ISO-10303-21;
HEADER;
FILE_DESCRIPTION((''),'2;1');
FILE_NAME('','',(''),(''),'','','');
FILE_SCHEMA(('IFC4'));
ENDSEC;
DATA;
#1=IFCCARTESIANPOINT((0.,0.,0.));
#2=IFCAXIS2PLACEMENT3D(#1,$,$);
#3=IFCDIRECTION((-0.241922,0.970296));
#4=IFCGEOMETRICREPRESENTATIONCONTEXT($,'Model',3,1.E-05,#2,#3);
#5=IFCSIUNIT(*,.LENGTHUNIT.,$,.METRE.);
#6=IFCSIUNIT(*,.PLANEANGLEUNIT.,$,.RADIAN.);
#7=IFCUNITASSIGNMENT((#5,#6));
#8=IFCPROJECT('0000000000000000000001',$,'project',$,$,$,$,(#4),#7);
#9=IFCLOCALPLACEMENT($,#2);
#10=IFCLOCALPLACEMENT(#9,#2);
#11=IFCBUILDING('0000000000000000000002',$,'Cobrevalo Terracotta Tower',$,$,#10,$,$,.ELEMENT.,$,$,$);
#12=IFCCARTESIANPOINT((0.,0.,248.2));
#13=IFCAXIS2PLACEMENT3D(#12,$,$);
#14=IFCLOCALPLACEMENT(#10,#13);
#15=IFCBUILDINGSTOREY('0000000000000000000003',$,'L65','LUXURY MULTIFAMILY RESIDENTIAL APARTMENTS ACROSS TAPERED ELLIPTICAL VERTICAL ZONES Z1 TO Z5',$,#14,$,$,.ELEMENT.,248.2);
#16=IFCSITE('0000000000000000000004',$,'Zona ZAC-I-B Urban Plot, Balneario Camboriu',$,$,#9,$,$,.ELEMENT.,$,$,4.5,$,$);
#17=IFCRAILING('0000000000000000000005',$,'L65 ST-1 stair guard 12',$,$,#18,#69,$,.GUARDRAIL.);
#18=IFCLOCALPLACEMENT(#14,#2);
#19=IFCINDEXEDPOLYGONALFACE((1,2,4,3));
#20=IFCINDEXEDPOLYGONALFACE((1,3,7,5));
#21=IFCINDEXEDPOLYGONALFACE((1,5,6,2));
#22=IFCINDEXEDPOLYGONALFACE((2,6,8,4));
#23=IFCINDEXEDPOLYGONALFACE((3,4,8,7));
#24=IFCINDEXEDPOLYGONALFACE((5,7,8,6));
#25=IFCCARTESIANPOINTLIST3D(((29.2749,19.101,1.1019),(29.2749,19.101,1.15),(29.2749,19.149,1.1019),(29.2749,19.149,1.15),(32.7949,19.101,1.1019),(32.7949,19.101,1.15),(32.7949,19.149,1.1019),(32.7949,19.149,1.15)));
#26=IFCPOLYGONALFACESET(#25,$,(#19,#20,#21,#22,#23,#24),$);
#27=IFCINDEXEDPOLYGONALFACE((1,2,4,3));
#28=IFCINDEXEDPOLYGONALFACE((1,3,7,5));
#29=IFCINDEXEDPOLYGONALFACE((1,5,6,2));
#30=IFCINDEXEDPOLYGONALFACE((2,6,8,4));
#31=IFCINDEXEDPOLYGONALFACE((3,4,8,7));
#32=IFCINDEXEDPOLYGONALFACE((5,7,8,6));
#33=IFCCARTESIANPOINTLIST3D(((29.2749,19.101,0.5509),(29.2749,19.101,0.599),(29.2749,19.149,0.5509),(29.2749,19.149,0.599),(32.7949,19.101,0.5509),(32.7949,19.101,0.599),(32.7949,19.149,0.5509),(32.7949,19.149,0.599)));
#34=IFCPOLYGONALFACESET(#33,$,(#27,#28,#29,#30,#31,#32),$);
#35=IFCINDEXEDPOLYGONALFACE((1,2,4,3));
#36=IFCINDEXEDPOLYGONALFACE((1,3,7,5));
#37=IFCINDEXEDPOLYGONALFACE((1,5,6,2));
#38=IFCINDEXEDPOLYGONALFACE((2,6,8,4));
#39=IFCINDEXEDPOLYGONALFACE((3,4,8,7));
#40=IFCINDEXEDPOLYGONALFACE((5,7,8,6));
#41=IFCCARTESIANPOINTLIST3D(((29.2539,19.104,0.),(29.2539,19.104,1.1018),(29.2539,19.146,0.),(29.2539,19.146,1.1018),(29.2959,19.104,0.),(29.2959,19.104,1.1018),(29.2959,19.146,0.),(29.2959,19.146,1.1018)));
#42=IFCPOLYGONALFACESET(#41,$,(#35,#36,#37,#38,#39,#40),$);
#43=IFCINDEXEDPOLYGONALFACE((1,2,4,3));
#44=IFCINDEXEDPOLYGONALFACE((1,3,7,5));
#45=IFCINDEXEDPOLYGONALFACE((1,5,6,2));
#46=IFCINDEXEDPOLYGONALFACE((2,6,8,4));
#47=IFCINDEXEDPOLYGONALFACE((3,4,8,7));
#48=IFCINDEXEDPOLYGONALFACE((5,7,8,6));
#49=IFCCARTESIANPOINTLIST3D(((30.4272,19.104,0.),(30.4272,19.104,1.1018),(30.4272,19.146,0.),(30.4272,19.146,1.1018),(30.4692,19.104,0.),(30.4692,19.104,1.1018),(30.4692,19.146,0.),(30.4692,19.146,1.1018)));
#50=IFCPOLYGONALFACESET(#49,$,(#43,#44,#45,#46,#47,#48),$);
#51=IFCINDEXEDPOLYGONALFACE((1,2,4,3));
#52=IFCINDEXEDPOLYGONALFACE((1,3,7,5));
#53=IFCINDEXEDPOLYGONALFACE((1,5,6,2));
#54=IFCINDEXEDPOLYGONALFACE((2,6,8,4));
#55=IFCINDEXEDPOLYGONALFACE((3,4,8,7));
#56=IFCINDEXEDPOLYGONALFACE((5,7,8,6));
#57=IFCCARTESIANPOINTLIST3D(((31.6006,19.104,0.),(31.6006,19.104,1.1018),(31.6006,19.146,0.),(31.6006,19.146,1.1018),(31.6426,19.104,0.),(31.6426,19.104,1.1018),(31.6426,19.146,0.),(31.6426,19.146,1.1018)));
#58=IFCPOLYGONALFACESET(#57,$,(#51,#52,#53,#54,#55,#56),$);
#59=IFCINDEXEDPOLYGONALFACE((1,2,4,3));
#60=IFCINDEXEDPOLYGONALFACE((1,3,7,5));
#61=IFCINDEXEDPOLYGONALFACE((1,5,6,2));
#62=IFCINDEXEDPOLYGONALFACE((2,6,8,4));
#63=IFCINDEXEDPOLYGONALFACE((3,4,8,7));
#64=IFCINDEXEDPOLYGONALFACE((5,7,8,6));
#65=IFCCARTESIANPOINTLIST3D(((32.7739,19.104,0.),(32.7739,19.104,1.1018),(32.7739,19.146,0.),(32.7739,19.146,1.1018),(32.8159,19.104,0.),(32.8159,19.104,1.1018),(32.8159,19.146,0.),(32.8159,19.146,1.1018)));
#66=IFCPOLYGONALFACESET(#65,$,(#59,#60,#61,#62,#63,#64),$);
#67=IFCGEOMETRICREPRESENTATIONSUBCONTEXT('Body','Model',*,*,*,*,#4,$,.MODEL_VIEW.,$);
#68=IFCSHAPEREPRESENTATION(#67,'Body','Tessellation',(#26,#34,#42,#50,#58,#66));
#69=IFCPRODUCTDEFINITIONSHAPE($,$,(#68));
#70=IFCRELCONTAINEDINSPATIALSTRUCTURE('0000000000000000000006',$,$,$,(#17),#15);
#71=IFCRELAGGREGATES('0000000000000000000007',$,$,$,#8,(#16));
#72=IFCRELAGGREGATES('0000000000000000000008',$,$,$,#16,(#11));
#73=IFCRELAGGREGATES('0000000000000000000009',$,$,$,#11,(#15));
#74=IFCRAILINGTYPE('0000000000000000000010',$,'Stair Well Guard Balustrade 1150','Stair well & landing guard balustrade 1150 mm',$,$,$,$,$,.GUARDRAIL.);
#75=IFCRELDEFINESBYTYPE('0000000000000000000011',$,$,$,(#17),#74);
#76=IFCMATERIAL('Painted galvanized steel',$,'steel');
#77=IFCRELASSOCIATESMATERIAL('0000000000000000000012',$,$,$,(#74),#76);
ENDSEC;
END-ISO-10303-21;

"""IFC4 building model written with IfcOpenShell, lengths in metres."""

from ifc_helpers import new_model, si_unit, direction, frame, origin, origin_2d, place, context, subcontext, project, spatial, rectangle, extrude, material, type_object, element, save


model = new_model("IFC4")

# Units and contexts
model_context = context("Model", 3, precision=1e-05, world=origin(), true_north=direction((-0.241922, 0.970296)))
body_context = subcontext(model_context, "Body", "Model", "MODEL_VIEW")
ifc_project = project(units=[si_unit("LENGTHUNIT", "METRE"), si_unit("PLANEANGLEUNIT", "RADIAN")], contexts=[model_context])

# Site, building, storey
site_placement = place(None, origin())
site = spatial("IfcSite", under=ifc_project, at=site_placement, Name="Zona ZAC-I-B Urban Plot, Balneario Camboriu", CompositionType="ELEMENT", RefElevation=4.5)
building_placement = place(site_placement, origin())
building = spatial("IfcBuilding", under=site, at=building_placement, Name="Cobrevalo Terracotta Tower", CompositionType="ELEMENT")
storey_placement = place(building_placement, frame((0.0, 0.0, 248.2)))
storey = spatial("IfcBuildingStorey", under=building, at=storey_placement, Name="L65", Description="LUXURY MULTIFAMILY RESIDENTIAL APARTMENTS ACROSS TAPERED ELLIPTICAL VERTICAL ZONES Z1 TO Z5", CompositionType="ELEMENT", Elevation=248.2)

# Railing
ifc_material_1 = material(Name="Painted galvanized steel", Category="steel")
railing_type = type_object("IfcRailingType", Name="Stair Well Guard Balustrade 1150", Description="Stair well & landing guard balustrade 1150 mm", PredefinedType="GUARDRAIL", material=ifc_material_1)
railing_1_placement = place(storey_placement, frame((29.2749, 19.125, 0.0)))
element("IfcRailing", 1, at=railing_1_placement, inside=storey, type_object=railing_type, Name="L65 ST-1 stair guard 12", PredefinedType="GUARDRAIL", context=body_context, shape_type="SweptSolid", body=[
    extrude(rectangle(XDim=0.0481, YDim=0.0481, at=origin_2d()), frame((0.0, 0.0, 1.126), z_axis=(1.0, 0.0, 0.0), x_axis=(0.0, 1.0, 0.0)), (0.0, 0.0, 1.0), 3.52),
    extrude(rectangle(XDim=0.0481, YDim=0.0481, at=origin_2d()), frame((0.0, 0.0, 0.575), z_axis=(1.0, 0.0, 0.0), x_axis=(0.0, 1.0, 0.0)), (0.0, 0.0, 1.0), 3.52),
    extrude(rectangle(XDim=0.042, YDim=0.042, at=origin_2d()), origin(), (0.0, 0.0, 1.0), 1.1018),
    extrude(rectangle(XDim=0.042, YDim=0.042, at=origin_2d()), frame((1.1733, 0.0, 0.0)), (0.0, 0.0, 1.0), 1.1018),
    extrude(rectangle(XDim=0.042, YDim=0.042, at=origin_2d()), frame((2.3467, 0.0, 0.0)), (0.0, 0.0, 1.0), 1.1018),
    extrude(rectangle(XDim=0.042, YDim=0.042, at=origin_2d()), frame((3.52, 0.0, 0.0)), (0.0, 0.0, 1.0), 1.1018),
])

save(model, "model.ifc")
